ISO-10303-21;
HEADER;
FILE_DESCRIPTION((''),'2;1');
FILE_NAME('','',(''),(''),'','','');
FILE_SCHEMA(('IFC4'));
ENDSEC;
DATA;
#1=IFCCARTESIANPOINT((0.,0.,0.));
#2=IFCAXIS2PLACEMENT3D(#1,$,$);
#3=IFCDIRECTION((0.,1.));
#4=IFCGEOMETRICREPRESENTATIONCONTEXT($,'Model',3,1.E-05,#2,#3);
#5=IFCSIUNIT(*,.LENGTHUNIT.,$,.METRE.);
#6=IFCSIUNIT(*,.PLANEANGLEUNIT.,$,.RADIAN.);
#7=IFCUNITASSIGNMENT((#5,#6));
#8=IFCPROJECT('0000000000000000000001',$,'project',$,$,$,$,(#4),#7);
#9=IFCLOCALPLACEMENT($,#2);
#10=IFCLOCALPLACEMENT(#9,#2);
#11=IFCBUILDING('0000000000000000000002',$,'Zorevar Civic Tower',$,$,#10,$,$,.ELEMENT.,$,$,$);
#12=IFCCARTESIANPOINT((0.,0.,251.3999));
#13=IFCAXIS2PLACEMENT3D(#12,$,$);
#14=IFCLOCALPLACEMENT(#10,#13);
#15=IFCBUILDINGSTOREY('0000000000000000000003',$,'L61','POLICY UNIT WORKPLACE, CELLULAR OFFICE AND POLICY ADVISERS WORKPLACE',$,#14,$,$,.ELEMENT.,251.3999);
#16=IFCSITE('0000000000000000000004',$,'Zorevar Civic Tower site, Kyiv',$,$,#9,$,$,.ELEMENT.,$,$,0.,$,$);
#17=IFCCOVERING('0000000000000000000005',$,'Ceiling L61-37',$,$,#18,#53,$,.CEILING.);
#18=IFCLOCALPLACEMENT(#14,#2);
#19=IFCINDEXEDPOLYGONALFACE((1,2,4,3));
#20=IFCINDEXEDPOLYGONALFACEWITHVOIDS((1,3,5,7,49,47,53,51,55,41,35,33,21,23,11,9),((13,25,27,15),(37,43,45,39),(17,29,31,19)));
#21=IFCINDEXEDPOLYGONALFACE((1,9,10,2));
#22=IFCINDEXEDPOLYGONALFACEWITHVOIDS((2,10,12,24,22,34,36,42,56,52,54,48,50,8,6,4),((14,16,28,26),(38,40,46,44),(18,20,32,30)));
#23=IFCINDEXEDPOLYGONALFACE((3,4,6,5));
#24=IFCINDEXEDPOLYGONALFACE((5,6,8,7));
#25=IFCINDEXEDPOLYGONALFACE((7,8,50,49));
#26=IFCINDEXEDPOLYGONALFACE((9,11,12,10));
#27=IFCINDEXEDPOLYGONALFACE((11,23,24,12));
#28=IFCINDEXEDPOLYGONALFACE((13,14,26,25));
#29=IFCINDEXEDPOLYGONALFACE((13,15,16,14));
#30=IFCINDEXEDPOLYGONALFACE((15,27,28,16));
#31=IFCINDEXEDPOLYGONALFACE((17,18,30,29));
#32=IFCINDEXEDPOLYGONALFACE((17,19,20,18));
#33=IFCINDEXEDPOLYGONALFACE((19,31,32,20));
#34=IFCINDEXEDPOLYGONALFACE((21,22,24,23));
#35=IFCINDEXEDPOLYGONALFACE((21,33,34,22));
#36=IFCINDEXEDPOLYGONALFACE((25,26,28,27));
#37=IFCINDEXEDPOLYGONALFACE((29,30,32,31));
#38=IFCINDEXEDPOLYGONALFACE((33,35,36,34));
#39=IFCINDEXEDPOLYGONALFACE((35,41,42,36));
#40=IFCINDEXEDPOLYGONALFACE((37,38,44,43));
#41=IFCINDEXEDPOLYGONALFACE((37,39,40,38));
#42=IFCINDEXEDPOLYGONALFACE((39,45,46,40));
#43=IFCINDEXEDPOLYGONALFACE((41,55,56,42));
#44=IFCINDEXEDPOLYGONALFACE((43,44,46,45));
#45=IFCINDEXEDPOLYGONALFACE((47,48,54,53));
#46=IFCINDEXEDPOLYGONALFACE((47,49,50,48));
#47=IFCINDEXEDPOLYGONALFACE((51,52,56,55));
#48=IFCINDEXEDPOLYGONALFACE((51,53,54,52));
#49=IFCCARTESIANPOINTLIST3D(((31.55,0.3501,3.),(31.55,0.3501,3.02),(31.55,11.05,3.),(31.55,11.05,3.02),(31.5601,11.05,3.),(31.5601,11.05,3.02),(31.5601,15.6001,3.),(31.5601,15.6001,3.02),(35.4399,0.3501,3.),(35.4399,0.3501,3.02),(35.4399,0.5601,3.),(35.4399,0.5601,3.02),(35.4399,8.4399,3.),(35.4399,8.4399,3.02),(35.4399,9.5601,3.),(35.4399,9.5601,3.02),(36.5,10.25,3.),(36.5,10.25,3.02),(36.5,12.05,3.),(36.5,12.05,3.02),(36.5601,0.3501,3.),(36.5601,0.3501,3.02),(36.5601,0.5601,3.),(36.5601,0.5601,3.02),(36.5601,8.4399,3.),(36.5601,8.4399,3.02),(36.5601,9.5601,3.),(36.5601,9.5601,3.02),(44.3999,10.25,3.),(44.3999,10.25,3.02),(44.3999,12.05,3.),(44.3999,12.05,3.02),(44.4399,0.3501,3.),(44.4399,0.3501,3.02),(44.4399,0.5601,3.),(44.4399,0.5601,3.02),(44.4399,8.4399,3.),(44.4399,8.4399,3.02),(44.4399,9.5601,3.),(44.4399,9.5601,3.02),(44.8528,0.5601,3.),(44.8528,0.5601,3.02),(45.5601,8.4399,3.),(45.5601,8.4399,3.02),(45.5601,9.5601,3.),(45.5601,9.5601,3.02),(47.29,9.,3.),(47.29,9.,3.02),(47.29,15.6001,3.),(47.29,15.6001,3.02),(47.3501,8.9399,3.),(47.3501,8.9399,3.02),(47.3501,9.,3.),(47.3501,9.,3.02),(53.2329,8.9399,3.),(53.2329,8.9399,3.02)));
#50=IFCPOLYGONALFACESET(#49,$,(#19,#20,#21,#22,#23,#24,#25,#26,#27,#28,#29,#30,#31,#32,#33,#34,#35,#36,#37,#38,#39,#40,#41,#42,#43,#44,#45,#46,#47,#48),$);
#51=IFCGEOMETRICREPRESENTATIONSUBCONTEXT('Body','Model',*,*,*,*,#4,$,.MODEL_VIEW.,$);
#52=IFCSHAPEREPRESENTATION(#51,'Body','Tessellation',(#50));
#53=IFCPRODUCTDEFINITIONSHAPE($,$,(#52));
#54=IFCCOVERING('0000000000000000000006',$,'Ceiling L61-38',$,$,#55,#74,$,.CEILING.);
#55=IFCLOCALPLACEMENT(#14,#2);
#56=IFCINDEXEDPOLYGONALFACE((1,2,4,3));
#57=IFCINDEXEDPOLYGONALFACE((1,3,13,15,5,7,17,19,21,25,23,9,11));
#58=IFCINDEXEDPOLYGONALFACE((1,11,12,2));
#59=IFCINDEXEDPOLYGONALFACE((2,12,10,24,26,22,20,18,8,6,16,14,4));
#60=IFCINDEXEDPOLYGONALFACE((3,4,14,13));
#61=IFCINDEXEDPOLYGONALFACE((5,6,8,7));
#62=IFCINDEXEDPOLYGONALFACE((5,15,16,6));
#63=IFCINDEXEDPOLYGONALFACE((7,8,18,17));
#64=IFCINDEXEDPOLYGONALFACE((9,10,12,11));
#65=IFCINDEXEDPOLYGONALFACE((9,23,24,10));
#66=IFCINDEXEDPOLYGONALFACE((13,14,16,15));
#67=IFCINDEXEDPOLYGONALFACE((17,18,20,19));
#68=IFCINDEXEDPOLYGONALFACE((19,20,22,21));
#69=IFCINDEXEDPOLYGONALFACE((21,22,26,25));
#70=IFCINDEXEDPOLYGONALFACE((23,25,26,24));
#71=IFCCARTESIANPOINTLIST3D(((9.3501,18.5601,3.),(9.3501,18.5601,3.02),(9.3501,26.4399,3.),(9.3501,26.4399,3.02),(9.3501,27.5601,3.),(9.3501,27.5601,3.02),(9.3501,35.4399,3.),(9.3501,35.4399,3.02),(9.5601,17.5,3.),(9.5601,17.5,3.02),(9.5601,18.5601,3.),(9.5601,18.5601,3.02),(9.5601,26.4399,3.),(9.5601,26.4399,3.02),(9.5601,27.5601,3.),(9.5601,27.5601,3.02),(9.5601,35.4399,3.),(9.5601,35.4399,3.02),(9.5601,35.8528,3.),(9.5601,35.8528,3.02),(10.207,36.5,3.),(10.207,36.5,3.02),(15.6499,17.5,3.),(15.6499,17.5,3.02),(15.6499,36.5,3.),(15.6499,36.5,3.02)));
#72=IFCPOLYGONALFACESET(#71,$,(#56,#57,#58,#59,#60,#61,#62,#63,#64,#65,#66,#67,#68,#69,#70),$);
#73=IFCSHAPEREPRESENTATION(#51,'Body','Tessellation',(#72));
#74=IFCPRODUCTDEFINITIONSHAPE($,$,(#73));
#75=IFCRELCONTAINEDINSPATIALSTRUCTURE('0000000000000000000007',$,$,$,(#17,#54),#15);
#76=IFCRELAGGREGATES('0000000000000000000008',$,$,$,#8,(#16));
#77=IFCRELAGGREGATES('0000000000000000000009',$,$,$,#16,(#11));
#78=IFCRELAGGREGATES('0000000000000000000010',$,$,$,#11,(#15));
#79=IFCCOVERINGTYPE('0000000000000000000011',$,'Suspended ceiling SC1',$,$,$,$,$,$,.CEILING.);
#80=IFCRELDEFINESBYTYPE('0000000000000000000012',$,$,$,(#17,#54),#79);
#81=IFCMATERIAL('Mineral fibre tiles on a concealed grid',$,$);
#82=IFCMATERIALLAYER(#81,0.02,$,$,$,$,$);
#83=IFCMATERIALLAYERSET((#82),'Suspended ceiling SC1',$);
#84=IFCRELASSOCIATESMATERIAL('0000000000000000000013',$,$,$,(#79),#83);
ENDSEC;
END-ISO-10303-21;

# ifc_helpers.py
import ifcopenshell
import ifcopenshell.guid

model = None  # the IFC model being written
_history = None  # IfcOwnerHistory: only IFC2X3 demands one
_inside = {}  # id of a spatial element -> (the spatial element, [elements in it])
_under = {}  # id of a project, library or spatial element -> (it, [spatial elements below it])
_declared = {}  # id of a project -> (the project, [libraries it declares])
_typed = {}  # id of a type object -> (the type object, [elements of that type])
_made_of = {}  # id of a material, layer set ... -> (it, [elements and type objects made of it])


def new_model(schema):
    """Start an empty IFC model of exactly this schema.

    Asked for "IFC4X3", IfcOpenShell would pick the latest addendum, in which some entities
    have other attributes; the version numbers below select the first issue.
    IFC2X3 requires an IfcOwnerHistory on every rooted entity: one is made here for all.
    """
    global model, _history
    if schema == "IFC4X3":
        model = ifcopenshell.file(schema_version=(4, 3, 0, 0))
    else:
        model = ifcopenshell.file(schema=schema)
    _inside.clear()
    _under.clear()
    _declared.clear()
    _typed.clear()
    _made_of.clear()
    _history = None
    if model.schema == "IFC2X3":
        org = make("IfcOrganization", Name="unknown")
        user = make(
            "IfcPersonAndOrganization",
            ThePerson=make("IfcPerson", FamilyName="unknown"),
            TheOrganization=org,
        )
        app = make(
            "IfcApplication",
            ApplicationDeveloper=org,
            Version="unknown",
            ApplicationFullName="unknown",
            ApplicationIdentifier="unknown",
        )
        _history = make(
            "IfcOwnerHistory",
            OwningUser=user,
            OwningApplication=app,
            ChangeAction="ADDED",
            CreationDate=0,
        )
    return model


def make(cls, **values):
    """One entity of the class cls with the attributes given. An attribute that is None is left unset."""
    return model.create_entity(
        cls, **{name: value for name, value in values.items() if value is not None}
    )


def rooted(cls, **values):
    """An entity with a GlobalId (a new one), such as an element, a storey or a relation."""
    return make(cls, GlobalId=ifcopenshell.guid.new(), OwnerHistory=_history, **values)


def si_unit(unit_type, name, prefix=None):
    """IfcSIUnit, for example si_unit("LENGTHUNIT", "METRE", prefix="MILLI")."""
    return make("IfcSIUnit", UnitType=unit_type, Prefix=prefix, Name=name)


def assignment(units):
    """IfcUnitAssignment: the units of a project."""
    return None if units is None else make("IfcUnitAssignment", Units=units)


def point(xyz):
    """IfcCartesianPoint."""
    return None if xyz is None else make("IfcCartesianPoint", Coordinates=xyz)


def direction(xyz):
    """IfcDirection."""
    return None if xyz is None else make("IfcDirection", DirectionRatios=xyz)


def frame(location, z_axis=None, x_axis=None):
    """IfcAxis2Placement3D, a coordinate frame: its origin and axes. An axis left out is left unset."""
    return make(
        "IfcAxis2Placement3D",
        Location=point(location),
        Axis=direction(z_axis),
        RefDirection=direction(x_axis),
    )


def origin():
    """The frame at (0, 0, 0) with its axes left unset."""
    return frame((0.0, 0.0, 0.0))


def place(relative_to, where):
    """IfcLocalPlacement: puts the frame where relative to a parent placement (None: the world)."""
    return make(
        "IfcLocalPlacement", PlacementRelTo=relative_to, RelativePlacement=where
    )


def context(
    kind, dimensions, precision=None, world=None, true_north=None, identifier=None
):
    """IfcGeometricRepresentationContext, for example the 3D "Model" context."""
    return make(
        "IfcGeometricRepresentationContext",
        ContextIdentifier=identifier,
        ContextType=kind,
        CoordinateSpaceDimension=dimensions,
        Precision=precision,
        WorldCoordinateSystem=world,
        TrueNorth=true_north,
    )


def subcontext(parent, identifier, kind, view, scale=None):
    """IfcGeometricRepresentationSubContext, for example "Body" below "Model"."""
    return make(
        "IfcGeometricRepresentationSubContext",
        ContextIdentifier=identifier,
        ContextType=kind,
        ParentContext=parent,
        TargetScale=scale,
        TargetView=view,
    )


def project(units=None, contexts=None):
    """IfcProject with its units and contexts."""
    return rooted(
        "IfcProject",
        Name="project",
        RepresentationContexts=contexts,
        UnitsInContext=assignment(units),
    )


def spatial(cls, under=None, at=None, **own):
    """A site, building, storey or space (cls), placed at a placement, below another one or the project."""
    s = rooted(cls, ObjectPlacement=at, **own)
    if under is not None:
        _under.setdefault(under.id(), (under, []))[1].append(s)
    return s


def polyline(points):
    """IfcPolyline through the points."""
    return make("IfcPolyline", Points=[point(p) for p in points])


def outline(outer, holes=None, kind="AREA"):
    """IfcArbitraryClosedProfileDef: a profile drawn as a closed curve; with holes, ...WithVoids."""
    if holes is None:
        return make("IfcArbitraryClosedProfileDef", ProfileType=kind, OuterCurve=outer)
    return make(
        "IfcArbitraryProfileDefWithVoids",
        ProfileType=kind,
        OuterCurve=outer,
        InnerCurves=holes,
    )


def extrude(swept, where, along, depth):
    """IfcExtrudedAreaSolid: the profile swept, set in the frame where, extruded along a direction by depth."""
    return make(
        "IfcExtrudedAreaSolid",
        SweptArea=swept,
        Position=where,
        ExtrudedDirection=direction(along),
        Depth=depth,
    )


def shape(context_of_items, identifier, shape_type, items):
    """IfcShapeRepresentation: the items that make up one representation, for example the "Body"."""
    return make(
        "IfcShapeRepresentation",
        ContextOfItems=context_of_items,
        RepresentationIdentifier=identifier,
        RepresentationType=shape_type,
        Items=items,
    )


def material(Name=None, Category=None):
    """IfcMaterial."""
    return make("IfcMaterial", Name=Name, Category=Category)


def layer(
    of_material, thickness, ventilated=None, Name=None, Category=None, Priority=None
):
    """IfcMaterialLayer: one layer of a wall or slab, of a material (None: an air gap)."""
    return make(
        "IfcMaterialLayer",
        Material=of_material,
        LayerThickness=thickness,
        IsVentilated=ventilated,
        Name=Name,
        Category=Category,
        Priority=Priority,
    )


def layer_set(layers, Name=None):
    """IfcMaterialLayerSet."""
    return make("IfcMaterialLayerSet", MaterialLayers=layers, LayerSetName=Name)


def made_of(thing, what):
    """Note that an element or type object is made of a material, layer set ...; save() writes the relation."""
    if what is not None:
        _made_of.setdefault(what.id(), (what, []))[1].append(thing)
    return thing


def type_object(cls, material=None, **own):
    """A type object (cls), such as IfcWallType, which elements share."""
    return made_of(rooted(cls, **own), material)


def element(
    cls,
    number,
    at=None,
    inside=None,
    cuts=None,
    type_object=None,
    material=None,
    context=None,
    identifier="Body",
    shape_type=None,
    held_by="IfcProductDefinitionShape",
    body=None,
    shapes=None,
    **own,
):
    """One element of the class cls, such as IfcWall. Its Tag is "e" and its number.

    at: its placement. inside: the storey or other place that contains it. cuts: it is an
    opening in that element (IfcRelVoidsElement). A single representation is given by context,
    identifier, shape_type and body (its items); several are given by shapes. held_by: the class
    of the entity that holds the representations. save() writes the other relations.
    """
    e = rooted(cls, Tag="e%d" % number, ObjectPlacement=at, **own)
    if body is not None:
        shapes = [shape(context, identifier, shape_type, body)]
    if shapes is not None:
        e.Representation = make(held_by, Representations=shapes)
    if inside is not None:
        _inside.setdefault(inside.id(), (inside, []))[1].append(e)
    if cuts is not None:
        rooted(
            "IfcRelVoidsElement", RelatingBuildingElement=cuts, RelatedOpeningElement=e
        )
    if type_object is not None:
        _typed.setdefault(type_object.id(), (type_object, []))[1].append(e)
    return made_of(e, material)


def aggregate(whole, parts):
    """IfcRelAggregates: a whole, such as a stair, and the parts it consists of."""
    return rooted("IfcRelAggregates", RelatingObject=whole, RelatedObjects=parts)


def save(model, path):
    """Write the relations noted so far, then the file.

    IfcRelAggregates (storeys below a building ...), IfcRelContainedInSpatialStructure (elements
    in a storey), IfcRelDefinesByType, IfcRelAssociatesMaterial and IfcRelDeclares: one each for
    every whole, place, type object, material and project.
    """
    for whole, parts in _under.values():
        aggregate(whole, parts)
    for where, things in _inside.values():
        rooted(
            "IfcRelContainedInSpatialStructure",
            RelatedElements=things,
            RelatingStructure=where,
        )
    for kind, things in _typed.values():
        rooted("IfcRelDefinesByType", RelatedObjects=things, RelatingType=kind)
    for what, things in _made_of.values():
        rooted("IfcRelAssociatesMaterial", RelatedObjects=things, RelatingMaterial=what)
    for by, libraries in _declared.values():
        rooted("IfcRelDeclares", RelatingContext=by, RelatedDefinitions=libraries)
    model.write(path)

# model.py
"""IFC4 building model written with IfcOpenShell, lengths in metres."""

from ifc_helpers import new_model, si_unit, direction, frame, origin, place, context, subcontext, project, spatial, polyline, outline, extrude, material, layer, layer_set, type_object, element, save


model = new_model("IFC4")

# Units and contexts
model_context = context("Model", 3, precision=1e-05, world=origin(), true_north=direction((0.0, 1.0)))
body_context = subcontext(model_context, "Body", "Model", "MODEL_VIEW")
ifc_project = project(units=[si_unit("LENGTHUNIT", "METRE"), si_unit("PLANEANGLEUNIT", "RADIAN")], contexts=[model_context])

# Site, building, storey
site_placement = place(None, origin())
site = spatial("IfcSite", under=ifc_project, at=site_placement, Name="Zorevar Civic Tower site, Kyiv", CompositionType="ELEMENT", RefElevation=0.0)
building_placement = place(site_placement, origin())
building = spatial("IfcBuilding", under=site, at=building_placement, Name="Zorevar Civic Tower", CompositionType="ELEMENT")
storey_placement = place(building_placement, frame((0.0, 0.0, 251.3999)))
storey = spatial("IfcBuildingStorey", under=building, at=storey_placement, Name="L61", Description="POLICY UNIT WORKPLACE, CELLULAR OFFICE AND POLICY ADVISERS WORKPLACE", CompositionType="ELEMENT", Elevation=251.3999)

# Coverings
ifc_material_1 = material(Name="Mineral fibre tiles on a concealed grid")
ifc_layer_1 = layer(ifc_material_1, 0.02)
ifc_layer_set_1 = layer_set([ifc_layer_1], Name="Suspended ceiling SC1")
covering_type_1 = type_object("IfcCoveringType", Name="Suspended ceiling SC1", PredefinedType="CEILING", material=ifc_layer_set_1)
covering_1_placement = place(storey_placement, frame((0.0, 0.0, 3.0)))
element("IfcCovering", 1, at=covering_1_placement, inside=storey, type_object=covering_type_1, Name="Ceiling L61-37", PredefinedType="CEILING", context=body_context, shape_type="SweptSolid", body=[
    extrude(outline(polyline([(44.4399, 0.5601), (44.4399, 0.3501), (36.5601, 0.3501), (36.5601, 0.5601), (35.4399, 0.5601), (35.4399, 0.3501), (31.55, 0.3501), (31.55, 11.05), (31.5601, 11.05), (31.5601, 15.6001), (47.29, 15.6001), (47.29, 9.0), (47.3501, 9.0), (47.3501, 8.9399), (53.2329, 8.9399), (44.8528, 0.5601), (44.4399, 0.5601)]), holes=[polyline([(35.4399, 9.5601), (35.4399, 8.4399), (36.5601, 8.4399), (36.5601, 9.5601), (35.4399, 9.5601)]), polyline([(45.5601, 8.4399), (45.5601, 9.5601), (44.4399, 9.5601), (44.4399, 8.4399), (45.5601, 8.4399)]), polyline([(36.5, 12.05), (36.5, 10.25), (44.3999, 10.25), (44.3999, 12.05), (36.5, 12.05)])]), origin(), (0.0, 0.0, 1.0), 0.02),
])
covering_2_placement = place(storey_placement, frame((0.0, 0.0, 3.0)))
element("IfcCovering", 2, at=covering_2_placement, inside=storey, type_object=covering_type_1, Name="Ceiling L61-38", PredefinedType="CEILING", context=body_context, shape_type="SweptSolid", body=[
    extrude(outline(polyline([(15.6499, 17.5), (9.5601, 17.5), (9.5601, 18.5601), (9.3501, 18.5601), (9.3501, 26.4399), (9.5601, 26.4399), (9.5601, 27.5601), (9.3501, 27.5601), (9.3501, 35.4399), (9.5601, 35.4399), (9.5601, 35.8528), (10.207, 36.5), (15.6499, 36.5), (15.6499, 17.5)])), origin(), (0.0, 0.0, 1.0), 0.02),
])

save(model, "model.ifc")
